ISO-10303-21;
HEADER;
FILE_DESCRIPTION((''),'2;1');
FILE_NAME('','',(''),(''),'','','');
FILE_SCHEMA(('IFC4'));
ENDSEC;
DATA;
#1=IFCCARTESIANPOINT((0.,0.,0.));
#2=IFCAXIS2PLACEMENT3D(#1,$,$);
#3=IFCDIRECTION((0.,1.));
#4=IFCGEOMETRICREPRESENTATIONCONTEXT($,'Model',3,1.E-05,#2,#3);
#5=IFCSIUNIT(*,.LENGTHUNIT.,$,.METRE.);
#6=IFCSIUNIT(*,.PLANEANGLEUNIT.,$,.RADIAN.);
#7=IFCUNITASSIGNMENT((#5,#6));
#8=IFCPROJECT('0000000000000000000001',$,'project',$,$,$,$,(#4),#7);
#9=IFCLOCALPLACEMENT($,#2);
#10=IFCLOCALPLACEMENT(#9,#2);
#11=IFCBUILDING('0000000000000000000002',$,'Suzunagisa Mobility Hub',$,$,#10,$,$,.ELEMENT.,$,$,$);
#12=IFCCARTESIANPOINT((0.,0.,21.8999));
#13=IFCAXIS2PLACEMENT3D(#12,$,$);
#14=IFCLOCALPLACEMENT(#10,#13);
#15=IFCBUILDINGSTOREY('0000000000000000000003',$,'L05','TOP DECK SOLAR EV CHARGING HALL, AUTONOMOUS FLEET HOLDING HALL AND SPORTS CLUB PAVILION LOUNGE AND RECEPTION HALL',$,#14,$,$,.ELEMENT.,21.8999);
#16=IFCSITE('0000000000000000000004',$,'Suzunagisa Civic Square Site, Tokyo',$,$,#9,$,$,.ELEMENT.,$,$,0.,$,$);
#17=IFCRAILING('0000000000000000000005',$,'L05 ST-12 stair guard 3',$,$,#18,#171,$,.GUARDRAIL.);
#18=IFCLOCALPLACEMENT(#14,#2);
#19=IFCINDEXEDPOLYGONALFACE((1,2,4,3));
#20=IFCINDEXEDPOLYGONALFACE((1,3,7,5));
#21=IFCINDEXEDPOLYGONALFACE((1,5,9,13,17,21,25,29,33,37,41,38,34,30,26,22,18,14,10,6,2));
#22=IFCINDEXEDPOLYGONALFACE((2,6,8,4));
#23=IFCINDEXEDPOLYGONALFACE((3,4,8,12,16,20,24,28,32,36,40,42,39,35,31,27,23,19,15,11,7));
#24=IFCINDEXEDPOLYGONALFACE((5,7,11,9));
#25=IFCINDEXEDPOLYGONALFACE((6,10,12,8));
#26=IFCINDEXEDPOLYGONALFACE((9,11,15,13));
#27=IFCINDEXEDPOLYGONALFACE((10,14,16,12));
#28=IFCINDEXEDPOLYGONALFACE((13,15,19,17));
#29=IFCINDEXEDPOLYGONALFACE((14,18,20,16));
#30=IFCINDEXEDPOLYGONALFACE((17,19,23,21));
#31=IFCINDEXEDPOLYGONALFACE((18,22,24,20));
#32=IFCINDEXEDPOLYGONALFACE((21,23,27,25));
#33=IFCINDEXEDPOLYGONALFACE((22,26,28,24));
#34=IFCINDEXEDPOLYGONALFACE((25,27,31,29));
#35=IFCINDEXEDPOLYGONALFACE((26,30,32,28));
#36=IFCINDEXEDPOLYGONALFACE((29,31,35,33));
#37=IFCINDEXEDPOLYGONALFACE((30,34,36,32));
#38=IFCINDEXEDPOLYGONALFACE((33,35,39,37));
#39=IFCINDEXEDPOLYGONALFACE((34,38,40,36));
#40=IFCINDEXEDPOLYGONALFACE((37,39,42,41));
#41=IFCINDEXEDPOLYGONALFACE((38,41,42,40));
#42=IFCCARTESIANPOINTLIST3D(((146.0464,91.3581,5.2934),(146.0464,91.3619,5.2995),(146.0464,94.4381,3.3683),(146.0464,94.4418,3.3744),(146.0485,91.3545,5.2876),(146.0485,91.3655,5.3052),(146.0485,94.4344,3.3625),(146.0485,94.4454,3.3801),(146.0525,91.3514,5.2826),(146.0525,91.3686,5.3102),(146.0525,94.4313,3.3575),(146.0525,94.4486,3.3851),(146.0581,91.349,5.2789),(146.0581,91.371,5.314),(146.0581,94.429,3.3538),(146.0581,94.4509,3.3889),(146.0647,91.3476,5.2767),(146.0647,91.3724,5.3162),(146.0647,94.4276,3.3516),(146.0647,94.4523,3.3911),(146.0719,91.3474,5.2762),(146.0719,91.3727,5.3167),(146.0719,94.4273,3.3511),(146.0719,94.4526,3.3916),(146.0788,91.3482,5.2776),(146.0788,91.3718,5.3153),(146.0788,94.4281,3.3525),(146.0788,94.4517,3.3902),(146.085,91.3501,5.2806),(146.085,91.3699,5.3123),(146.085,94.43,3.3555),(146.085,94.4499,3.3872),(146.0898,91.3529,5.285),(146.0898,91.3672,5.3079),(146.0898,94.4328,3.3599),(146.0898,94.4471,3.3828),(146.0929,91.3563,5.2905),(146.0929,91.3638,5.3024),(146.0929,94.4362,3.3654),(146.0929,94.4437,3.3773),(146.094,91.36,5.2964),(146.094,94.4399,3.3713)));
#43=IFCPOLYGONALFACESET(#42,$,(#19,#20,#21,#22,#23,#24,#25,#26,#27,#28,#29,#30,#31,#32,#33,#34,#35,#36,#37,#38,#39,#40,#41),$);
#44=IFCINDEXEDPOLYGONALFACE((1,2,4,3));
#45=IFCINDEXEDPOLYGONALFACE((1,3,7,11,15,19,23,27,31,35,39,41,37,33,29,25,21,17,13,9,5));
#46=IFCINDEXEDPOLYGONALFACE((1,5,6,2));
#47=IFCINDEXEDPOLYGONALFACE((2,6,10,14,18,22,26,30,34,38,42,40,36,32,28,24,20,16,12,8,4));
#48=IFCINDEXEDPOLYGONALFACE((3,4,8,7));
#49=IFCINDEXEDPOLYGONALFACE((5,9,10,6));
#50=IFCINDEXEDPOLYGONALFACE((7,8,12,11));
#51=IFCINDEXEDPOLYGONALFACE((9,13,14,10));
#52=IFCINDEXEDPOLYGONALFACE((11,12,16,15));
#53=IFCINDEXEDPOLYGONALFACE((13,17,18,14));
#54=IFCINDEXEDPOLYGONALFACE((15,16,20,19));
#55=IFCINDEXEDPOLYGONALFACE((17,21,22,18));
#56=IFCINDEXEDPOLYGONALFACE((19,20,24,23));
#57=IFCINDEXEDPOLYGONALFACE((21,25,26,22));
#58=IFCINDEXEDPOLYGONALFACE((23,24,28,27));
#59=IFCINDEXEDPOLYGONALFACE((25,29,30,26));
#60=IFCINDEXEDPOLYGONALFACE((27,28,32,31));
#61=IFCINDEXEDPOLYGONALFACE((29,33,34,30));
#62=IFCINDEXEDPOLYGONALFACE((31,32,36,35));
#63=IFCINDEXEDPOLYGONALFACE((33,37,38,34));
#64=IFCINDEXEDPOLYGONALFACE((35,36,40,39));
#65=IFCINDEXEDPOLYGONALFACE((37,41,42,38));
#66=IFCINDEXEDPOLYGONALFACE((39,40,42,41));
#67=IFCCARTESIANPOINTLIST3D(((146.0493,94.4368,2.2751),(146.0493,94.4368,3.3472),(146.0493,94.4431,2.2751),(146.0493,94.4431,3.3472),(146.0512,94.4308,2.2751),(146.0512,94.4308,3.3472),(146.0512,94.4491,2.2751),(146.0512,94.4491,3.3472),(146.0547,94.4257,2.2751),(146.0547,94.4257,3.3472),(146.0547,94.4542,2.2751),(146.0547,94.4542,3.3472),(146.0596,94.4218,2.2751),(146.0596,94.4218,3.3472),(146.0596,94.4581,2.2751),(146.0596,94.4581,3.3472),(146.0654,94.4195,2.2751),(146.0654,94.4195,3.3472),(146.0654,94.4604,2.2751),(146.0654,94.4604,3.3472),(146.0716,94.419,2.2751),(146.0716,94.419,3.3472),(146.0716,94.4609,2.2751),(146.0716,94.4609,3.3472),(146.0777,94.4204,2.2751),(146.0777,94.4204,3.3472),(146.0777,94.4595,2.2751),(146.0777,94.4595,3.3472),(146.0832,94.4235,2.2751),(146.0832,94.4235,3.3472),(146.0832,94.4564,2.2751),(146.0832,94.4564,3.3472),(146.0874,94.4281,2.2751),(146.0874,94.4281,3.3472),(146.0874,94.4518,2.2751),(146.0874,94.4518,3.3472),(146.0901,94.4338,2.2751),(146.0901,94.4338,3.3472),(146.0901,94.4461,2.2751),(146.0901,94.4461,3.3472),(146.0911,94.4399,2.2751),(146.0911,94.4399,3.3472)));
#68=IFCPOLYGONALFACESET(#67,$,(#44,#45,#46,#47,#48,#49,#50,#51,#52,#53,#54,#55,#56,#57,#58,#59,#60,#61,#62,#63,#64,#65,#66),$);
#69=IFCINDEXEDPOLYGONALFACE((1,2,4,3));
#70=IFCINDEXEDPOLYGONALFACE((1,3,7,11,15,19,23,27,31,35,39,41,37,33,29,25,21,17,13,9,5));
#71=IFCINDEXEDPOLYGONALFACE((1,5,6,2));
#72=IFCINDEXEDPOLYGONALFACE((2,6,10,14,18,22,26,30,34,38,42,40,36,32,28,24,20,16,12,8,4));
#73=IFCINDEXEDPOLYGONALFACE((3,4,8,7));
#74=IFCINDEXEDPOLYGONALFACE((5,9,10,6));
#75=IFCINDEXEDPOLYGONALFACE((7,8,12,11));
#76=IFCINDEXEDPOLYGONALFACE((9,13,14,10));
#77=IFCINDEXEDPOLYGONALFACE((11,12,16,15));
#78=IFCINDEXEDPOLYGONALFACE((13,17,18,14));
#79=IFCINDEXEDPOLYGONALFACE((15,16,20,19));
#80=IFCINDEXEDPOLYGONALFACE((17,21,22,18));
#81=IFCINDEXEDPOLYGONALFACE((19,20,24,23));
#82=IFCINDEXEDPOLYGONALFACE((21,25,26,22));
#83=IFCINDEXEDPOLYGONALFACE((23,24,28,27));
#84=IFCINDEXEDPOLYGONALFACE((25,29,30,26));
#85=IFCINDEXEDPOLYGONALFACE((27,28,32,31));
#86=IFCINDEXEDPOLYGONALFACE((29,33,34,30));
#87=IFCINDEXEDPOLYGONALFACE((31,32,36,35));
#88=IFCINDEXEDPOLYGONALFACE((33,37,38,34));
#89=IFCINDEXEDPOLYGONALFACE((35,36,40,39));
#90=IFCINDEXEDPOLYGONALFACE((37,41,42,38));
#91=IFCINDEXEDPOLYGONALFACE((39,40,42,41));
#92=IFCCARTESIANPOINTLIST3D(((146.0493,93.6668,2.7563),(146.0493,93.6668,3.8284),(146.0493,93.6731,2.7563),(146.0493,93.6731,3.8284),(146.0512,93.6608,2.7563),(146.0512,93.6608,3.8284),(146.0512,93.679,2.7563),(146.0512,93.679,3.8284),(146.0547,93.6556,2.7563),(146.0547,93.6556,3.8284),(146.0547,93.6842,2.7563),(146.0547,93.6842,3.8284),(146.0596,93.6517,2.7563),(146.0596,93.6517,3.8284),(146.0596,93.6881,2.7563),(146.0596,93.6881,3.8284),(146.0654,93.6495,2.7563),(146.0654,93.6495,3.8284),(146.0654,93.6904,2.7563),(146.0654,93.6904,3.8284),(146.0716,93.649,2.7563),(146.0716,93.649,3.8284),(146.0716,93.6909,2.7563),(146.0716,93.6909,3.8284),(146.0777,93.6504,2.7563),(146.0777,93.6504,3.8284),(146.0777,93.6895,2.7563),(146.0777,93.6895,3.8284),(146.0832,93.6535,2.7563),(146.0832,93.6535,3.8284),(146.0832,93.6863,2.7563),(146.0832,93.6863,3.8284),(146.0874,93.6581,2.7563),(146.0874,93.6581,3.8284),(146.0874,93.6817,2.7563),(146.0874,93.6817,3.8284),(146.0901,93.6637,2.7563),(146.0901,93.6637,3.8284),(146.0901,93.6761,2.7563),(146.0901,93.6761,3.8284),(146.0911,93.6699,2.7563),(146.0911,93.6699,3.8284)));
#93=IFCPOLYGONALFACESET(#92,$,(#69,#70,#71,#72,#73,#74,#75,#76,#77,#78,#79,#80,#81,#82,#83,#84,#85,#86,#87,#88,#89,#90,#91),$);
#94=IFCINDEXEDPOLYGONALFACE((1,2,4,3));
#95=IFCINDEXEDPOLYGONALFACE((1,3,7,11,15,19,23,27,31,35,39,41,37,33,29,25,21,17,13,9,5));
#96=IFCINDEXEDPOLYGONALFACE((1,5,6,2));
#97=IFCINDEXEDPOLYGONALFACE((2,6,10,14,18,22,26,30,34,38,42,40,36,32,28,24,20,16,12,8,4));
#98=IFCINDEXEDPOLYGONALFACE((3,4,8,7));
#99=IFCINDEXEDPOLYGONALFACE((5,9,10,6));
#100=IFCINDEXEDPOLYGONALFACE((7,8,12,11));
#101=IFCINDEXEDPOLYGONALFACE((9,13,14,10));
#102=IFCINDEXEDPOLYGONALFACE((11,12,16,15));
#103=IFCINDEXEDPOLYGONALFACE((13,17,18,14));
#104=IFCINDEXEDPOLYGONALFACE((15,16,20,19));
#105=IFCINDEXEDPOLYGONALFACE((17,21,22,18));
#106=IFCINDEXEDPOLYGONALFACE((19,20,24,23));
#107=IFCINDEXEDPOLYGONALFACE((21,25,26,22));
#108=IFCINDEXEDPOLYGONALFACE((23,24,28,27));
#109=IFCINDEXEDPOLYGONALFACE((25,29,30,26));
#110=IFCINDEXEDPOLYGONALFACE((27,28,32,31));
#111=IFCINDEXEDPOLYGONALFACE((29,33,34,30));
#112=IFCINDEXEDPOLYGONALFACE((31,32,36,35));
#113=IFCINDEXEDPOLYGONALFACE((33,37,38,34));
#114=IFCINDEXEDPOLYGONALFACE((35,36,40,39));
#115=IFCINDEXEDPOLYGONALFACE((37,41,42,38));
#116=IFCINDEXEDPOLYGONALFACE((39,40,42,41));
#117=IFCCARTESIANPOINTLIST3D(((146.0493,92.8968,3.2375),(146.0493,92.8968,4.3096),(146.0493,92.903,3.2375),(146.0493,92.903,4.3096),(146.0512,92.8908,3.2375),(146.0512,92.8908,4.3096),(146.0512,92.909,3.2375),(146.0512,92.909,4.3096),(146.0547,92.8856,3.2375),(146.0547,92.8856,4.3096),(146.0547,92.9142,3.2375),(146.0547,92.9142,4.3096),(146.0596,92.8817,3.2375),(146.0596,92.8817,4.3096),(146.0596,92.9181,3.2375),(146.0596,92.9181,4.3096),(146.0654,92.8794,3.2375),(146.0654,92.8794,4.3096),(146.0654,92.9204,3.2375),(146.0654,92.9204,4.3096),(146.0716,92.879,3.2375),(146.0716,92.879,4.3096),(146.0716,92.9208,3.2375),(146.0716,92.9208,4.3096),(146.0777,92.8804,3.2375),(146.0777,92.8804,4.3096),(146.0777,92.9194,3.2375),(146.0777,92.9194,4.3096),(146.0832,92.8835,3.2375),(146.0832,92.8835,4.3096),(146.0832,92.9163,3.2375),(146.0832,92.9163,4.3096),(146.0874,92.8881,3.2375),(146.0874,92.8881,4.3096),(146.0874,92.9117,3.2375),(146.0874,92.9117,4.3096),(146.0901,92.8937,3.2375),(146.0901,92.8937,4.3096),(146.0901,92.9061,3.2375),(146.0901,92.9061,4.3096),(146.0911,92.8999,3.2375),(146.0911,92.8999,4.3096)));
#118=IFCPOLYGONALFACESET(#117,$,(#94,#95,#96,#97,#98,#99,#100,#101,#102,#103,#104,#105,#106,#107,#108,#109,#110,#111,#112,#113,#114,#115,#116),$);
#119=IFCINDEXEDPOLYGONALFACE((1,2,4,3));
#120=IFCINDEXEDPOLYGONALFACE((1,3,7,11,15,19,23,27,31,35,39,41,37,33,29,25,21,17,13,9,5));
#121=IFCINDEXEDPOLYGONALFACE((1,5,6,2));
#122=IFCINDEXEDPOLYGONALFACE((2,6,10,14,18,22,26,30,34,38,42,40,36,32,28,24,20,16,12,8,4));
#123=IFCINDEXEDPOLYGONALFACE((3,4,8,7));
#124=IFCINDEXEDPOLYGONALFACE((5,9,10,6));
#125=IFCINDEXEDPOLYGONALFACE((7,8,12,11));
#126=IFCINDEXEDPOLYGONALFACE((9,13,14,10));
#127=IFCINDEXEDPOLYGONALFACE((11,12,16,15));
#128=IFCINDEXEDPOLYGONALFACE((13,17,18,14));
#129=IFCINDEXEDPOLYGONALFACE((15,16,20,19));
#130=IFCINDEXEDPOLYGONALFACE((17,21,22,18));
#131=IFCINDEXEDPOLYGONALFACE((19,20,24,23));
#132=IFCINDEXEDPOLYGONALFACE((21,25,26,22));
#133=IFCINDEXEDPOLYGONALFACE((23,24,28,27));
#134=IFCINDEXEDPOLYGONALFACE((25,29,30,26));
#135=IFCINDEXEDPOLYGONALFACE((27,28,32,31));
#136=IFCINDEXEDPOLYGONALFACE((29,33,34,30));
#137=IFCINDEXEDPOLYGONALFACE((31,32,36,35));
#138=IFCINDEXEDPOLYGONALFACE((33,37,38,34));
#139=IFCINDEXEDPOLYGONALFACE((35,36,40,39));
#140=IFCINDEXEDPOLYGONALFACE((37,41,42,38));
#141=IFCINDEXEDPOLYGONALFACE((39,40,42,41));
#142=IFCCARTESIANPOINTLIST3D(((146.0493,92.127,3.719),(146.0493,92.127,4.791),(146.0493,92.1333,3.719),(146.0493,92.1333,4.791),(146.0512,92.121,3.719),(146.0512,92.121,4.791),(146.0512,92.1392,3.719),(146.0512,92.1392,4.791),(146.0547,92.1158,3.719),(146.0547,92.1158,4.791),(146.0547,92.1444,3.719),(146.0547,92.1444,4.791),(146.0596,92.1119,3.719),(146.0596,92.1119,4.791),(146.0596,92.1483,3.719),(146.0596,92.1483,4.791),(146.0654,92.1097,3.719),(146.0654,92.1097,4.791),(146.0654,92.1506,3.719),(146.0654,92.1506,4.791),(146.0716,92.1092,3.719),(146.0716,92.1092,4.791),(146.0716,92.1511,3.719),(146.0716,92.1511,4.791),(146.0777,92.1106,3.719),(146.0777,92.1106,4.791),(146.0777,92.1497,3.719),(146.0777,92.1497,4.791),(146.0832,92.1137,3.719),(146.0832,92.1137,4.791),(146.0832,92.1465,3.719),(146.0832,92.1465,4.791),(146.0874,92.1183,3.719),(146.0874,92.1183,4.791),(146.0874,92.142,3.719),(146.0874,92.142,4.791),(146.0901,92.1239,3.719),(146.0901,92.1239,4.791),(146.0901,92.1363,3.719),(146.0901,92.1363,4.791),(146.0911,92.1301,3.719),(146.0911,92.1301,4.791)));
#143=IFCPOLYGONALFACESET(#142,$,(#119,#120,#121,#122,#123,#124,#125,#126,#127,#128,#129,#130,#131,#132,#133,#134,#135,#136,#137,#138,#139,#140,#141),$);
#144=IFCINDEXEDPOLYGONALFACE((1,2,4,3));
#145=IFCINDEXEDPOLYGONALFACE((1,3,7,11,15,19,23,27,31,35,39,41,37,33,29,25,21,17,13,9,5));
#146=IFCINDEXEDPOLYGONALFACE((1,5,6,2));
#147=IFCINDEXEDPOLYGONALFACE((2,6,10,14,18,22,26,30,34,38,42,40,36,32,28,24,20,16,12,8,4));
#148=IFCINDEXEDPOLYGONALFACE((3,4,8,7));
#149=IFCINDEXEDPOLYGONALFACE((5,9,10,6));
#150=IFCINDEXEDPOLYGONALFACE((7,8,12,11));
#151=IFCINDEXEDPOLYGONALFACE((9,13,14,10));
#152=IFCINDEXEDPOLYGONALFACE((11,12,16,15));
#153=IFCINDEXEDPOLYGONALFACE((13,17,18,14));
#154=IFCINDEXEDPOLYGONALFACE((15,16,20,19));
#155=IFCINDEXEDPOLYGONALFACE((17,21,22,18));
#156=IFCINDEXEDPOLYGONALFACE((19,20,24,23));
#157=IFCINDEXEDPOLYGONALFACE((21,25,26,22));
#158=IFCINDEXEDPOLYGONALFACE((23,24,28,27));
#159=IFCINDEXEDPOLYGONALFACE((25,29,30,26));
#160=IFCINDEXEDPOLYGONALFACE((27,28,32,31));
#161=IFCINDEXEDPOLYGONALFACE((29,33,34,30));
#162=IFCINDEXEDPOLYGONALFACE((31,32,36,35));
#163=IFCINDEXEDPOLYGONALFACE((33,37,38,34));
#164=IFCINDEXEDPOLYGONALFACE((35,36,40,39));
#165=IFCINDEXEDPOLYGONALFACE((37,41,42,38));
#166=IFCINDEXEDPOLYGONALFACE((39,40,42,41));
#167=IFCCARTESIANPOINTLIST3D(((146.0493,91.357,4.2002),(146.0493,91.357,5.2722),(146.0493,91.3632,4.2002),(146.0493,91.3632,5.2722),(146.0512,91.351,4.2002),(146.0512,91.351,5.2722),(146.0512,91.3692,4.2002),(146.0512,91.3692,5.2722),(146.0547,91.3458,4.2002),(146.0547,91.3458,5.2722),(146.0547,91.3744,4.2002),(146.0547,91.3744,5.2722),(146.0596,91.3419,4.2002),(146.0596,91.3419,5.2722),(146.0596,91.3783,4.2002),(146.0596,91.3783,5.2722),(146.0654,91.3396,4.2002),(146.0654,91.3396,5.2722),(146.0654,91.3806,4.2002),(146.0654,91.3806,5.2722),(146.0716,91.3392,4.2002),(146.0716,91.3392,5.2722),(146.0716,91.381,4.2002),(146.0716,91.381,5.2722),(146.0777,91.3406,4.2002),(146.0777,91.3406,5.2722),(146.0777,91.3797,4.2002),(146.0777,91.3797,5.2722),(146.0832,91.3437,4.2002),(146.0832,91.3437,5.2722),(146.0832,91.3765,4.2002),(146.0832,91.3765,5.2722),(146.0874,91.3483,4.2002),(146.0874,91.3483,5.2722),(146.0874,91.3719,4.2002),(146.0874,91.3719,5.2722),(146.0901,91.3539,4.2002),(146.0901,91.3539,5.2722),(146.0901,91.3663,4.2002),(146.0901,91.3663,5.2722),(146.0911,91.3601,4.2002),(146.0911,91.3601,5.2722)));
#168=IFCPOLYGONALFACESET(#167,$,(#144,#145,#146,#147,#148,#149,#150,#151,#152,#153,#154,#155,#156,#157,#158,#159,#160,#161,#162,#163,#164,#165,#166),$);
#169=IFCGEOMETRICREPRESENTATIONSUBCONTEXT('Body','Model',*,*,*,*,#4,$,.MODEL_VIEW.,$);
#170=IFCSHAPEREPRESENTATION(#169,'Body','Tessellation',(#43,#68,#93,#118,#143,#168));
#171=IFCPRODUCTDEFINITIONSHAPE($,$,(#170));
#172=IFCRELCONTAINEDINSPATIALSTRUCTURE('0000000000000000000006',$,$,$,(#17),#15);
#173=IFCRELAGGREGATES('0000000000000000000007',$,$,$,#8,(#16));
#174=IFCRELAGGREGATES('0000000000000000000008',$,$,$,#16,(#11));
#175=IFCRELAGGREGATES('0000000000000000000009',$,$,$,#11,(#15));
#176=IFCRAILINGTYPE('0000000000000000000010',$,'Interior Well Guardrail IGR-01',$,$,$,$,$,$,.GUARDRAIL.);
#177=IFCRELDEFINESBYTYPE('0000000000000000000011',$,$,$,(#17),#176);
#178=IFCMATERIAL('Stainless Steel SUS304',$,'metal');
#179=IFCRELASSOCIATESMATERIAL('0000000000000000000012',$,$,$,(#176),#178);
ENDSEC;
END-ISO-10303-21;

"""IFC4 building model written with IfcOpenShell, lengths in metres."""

from ifc_helpers import new_model, si_unit, direction, frame, origin, origin_2d, place, context, subcontext, project, spatial, circle, extrude, material, type_object, element, save


model = new_model("IFC4")

# Units and contexts
model_context = context("Model", 3, precision=1e-05, world=origin(), true_north=direction((0.0, 1.0)))
body_context = subcontext(model_context, "Body", "Model", "MODEL_VIEW")
ifc_project = project(units=[si_unit("LENGTHUNIT", "METRE"), si_unit("PLANEANGLEUNIT", "RADIAN")], contexts=[model_context])

# Site, building, storey
site_placement = place(None, origin())
site = spatial("IfcSite", under=ifc_project, at=site_placement, Name="Suzunagisa Civic Square Site, Tokyo", CompositionType="ELEMENT", RefElevation=0.0)
building_placement = place(site_placement, origin())
building = spatial("IfcBuilding", under=site, at=building_placement, Name="Suzunagisa Mobility Hub", CompositionType="ELEMENT")
storey_placement = place(building_placement, frame((0.0, 0.0, 21.8999)))
storey = spatial("IfcBuildingStorey", under=building, at=storey_placement, Name="L05", Description="TOP DECK SOLAR EV CHARGING HALL, AUTONOMOUS FLEET HOLDING HALL AND SPORTS CLUB PAVILION LOUNGE AND RECEPTION HALL", CompositionType="ELEMENT", Elevation=21.8999)

# Railing
ifc_material_1 = material(Name="Stainless Steel SUS304", Category="metal")
railing_type_1 = type_object("IfcRailingType", Name="Interior Well Guardrail IGR-01", PredefinedType="GUARDRAIL", material=ifc_material_1)
railing_1_placement = place(storey_placement, frame((146.0701, 94.4399, 2.2751)))
element("IfcRailing", 1, at=railing_1_placement, inside=storey, type_object=railing_type_1, Name="L05 ST-12 stair guard 3", PredefinedType="GUARDRAIL", context=body_context, shape_type="SweptSolid", body=[
    extrude(circle(Radius=0.0239, at=origin_2d()), frame((0.0, 0.0, 1.0962), z_axis=(0.0, -0.847979, 0.530029), x_axis=(1.0, 0.0, 0.0)), (0.0, 0.0, 1.0), 3.6321),
    extrude(circle(Radius=0.021, at=origin_2d()), origin(), (0.0, 0.0, 1.0), 1.072),
    extrude(circle(Radius=0.021, at=origin_2d()), frame((0.0, -0.77, 0.4812)), (0.0, 0.0, 1.0), 1.072),
    extrude(circle(Radius=0.021, at=origin_2d()), frame((0.0, -1.54, 0.9624)), (0.0, 0.0, 1.0), 1.072),
    extrude(circle(Radius=0.021, at=origin_2d()), frame((0.0, -2.3098, 1.4438)), (0.0, 0.0, 1.0), 1.072),
    extrude(circle(Radius=0.021, at=origin_2d()), frame((0.0, -3.0798, 1.925)), (0.0, 0.0, 1.0), 1.072),
])

save(model, "model.ifc")
